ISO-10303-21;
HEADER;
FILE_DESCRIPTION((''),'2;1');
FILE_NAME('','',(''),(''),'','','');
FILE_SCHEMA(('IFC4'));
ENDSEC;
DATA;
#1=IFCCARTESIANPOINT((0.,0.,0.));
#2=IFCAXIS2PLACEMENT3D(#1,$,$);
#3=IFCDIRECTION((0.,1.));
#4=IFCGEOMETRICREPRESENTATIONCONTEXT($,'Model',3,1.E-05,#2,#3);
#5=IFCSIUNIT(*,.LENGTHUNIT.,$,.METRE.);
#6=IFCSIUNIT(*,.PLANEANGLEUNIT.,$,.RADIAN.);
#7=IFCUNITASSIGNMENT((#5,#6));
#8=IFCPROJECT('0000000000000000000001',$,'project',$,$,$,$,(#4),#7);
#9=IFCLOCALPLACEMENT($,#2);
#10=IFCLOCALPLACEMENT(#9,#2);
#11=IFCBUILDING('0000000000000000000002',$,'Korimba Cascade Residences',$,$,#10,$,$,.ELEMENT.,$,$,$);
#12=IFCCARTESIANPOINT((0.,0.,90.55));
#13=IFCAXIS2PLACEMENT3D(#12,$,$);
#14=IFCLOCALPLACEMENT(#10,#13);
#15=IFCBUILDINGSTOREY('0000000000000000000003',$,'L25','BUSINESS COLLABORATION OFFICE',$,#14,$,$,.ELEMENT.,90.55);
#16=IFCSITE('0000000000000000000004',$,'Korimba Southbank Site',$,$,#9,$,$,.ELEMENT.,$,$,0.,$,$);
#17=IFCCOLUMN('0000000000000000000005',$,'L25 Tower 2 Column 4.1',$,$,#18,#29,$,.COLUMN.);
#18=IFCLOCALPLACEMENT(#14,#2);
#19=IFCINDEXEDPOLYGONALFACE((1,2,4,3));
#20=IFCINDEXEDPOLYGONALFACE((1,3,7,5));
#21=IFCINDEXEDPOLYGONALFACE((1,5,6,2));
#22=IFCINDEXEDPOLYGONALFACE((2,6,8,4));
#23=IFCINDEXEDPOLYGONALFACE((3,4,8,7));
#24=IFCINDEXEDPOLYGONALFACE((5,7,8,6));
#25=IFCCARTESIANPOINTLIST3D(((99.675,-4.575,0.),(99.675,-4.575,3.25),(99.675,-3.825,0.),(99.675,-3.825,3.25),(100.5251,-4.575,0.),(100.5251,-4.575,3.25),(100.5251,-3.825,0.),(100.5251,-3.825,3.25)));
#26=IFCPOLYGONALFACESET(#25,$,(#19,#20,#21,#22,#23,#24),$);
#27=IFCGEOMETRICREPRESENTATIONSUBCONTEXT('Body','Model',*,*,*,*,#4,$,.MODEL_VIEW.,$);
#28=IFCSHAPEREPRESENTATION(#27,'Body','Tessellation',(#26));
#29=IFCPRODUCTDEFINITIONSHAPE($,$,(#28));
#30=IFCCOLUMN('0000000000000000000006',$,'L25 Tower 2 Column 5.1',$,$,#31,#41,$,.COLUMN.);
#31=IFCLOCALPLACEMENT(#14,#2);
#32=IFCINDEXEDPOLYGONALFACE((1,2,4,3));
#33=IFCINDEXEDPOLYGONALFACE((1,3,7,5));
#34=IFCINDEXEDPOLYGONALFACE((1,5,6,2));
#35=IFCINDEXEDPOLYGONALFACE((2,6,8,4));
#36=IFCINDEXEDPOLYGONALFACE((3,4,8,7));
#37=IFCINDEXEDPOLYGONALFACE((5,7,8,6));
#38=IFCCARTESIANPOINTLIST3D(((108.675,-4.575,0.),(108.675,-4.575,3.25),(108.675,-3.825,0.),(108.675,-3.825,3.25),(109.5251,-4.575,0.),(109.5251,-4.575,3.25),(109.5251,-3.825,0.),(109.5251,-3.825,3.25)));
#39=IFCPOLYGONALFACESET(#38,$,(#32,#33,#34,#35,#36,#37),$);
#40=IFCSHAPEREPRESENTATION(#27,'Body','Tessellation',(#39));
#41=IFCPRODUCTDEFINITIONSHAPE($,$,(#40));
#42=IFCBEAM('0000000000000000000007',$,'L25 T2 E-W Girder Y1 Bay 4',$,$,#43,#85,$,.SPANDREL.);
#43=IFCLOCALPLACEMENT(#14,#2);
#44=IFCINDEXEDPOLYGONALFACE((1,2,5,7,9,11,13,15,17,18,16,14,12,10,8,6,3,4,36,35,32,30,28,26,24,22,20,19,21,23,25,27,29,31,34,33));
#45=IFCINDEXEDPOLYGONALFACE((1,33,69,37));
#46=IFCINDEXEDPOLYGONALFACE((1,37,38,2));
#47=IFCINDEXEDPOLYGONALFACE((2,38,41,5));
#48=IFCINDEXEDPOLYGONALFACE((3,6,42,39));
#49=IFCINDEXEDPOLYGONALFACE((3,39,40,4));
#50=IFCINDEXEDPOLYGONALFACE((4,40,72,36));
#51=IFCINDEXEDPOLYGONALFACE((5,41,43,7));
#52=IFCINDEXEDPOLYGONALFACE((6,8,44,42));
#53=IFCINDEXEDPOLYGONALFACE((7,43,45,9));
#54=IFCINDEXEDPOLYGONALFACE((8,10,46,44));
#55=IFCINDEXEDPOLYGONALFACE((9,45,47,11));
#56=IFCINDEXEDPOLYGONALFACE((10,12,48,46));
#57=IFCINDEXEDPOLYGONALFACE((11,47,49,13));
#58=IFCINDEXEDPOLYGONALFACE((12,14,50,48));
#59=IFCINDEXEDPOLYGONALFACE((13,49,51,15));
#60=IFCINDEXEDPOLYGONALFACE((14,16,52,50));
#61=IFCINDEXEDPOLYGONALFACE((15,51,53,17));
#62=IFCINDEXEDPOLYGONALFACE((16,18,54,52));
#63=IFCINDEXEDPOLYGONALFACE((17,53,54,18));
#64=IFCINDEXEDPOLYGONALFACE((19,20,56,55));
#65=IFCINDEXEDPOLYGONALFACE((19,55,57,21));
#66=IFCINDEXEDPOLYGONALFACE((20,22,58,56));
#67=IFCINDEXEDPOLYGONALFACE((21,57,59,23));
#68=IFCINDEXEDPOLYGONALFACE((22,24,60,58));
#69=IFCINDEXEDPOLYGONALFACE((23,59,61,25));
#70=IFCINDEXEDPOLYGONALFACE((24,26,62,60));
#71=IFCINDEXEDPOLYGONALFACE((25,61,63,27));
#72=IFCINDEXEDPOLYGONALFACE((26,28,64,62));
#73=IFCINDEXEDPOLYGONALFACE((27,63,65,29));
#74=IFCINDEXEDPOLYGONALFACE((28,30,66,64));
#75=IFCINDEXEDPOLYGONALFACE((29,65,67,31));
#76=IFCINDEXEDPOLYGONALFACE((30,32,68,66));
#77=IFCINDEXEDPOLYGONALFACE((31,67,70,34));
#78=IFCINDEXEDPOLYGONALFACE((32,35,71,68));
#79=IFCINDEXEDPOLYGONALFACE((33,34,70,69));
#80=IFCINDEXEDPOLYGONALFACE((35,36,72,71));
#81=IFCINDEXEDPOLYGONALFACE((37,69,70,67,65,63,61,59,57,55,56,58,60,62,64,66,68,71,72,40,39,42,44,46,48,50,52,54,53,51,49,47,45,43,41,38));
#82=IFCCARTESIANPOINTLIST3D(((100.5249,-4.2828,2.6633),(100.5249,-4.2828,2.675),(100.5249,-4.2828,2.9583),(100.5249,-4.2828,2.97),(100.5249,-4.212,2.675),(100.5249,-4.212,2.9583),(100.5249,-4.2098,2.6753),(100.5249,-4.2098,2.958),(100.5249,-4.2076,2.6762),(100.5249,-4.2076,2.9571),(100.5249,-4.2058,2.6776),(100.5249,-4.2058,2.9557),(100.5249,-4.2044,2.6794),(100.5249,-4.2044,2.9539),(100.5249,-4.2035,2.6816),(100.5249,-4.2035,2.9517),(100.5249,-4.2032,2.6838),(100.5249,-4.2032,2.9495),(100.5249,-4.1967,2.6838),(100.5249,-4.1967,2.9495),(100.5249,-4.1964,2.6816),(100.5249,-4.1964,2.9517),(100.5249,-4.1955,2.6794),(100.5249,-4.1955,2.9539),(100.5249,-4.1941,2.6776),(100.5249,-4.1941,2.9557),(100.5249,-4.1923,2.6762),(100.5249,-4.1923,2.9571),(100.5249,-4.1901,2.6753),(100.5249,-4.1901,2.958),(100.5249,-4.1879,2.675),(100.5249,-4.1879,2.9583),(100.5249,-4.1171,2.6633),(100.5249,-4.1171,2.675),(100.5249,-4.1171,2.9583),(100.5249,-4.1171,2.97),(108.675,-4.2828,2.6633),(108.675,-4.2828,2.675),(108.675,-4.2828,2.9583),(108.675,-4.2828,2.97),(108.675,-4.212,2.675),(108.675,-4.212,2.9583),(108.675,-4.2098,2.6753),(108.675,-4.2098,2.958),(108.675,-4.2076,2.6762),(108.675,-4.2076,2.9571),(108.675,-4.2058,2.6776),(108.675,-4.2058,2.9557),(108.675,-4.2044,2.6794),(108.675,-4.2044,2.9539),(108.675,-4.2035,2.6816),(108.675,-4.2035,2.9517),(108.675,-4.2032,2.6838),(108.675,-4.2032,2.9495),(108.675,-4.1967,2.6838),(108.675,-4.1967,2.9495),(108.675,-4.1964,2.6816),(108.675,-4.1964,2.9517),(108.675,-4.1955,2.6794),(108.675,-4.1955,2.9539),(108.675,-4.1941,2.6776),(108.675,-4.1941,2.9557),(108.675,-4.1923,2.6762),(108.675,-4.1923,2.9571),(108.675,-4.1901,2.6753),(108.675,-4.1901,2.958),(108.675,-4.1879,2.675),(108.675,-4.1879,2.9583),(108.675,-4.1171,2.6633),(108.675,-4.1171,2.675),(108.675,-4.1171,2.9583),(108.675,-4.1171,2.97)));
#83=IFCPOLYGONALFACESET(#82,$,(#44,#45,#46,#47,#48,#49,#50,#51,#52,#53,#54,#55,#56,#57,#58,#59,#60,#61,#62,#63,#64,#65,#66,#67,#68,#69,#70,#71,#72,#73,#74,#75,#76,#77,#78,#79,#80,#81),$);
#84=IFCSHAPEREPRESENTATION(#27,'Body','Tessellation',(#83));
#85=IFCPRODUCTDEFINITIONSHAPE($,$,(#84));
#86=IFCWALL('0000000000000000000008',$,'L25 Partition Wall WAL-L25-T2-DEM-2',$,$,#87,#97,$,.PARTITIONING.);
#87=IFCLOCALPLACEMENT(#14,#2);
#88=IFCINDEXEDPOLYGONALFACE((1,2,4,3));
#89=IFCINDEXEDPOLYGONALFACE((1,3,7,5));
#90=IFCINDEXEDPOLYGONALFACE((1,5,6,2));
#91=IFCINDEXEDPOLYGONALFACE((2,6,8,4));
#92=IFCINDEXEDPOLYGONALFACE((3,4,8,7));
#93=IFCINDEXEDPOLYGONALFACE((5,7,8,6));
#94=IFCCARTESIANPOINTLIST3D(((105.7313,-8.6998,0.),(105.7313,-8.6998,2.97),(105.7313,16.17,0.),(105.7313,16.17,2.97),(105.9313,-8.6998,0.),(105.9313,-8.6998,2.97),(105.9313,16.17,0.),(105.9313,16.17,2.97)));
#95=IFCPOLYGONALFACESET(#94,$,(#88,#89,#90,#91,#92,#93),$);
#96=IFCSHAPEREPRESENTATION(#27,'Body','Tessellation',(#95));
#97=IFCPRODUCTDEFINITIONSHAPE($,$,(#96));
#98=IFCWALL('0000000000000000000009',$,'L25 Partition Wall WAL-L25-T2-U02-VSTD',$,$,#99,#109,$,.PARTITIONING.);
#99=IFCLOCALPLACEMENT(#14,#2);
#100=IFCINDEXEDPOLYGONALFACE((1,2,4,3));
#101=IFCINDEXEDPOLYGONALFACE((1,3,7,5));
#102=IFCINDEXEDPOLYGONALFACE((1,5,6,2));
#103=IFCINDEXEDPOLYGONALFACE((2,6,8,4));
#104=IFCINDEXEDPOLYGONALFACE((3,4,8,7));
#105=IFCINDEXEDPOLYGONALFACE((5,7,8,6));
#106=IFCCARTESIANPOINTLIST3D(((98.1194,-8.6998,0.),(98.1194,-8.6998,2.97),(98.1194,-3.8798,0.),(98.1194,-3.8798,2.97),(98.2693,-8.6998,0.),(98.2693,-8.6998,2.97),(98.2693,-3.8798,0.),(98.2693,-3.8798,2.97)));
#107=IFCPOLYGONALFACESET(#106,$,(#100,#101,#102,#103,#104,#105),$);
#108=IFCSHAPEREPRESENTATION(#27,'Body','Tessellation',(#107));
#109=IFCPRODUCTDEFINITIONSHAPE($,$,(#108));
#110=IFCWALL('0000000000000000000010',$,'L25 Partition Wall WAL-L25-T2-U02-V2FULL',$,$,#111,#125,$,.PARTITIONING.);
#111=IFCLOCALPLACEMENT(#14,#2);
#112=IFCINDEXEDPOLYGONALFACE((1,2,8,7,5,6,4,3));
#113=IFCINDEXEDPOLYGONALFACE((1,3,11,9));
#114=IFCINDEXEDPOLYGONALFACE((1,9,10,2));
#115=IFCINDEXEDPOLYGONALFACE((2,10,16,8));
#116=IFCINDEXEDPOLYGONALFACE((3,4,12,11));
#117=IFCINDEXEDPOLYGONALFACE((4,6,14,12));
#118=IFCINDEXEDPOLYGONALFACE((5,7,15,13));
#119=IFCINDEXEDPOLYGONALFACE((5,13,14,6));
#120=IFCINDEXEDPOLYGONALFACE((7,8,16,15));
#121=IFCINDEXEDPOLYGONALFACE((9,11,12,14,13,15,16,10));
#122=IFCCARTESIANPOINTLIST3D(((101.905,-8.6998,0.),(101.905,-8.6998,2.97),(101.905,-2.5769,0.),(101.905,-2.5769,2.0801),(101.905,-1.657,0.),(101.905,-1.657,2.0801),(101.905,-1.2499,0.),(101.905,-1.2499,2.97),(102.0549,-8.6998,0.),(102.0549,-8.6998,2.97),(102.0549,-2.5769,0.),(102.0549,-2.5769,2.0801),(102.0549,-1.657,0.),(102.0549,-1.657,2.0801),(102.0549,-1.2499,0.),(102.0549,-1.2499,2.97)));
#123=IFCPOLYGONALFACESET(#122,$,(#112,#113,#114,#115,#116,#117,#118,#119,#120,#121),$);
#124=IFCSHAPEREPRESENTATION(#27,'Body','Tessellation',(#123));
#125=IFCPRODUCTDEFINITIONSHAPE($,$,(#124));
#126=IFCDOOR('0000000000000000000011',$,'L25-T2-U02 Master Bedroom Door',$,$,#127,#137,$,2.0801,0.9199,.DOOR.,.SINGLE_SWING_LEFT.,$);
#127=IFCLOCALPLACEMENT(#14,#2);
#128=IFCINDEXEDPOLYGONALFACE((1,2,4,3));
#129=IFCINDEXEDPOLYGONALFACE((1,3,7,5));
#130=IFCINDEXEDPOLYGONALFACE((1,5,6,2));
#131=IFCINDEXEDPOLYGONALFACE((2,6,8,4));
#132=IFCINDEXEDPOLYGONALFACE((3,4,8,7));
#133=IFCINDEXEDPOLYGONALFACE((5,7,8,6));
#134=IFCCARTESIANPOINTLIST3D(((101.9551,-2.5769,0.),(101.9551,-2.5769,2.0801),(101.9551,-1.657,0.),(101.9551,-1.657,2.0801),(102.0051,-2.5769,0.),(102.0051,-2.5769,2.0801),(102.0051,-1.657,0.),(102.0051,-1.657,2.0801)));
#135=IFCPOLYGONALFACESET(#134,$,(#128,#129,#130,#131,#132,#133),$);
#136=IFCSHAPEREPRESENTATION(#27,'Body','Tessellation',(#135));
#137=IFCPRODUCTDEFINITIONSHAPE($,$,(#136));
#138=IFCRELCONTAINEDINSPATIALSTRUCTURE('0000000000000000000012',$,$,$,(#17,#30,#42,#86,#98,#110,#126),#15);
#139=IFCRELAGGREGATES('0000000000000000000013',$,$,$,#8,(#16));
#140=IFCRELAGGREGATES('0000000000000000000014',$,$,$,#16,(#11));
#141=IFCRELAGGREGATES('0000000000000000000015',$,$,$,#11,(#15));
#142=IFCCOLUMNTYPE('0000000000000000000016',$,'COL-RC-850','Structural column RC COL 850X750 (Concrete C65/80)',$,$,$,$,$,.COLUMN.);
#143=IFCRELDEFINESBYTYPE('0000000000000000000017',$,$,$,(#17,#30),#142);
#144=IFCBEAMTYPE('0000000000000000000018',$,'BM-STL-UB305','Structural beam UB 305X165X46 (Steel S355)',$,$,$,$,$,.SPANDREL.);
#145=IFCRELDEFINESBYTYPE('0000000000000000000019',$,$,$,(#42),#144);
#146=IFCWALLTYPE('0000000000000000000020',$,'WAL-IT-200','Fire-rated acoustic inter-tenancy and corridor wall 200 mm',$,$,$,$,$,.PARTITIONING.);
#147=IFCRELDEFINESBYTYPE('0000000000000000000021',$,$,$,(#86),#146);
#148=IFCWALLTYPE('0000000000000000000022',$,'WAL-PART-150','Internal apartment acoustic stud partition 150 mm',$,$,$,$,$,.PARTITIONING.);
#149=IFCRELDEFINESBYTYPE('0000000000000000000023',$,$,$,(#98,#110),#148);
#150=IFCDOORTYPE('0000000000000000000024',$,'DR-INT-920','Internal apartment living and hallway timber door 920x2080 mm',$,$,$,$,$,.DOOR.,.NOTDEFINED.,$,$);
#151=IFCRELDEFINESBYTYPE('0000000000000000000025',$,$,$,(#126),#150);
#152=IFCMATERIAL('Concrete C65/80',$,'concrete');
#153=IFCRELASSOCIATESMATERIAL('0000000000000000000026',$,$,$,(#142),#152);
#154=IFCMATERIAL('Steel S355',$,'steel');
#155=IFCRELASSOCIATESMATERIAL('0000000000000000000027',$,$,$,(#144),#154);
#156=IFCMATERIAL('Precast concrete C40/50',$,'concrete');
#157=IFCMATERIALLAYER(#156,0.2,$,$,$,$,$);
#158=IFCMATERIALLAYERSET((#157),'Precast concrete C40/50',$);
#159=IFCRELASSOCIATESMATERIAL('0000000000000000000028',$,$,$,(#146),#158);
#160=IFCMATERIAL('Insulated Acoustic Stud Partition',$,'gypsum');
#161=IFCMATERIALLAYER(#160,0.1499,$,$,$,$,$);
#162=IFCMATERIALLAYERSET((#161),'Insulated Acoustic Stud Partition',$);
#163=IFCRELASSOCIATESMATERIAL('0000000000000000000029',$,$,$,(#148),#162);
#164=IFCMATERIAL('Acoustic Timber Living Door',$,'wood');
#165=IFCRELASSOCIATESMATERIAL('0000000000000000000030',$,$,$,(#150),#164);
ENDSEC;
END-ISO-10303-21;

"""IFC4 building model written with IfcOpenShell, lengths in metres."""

from ifc_helpers import new_model, si_unit, direction, frame, frame_2d, origin, origin_2d, place, context, subcontext, project, spatial, rectangle, i_section, extrude, material, layer, layer_set, material_profile, profile_set, type_object, element, fill, save


model = new_model("IFC4")

# Units and contexts
model_context = context("Model", 3, precision=1e-05, world=origin(), true_north=direction((0.0, 1.0)))
body_context = subcontext(model_context, "Body", "Model", "MODEL_VIEW")
ifc_project = project(units=[si_unit("LENGTHUNIT", "METRE"), si_unit("PLANEANGLEUNIT", "RADIAN")], contexts=[model_context])

# Site, building, storey
site_placement = place(None, origin())
site = spatial("IfcSite", under=ifc_project, at=site_placement, Name="Korimba Southbank Site", CompositionType="ELEMENT", RefElevation=0.0)
building_placement = place(site_placement, origin())
building = spatial("IfcBuilding", under=site, at=building_placement, Name="Korimba Cascade Residences", CompositionType="ELEMENT")
storey_placement = place(building_placement, frame((0.0, 0.0, 90.55)))
storey = spatial("IfcBuildingStorey", under=building, at=storey_placement, Name="L25", Description="BUSINESS COLLABORATION OFFICE", CompositionType="ELEMENT", Elevation=90.55)

# Columns
ifc_material_1 = material(Name="Concrete C65/80", Category="concrete")
ifc_material_profile_1 = material_profile(ifc_material_1, rectangle(XDim=0.8501, YDim=0.75, at=origin_2d()), Name="Concrete C65/80")
ifc_profile_set_1 = profile_set([ifc_material_profile_1], Name="Concrete C65/80")
column_type = type_object("IfcColumnType", Name="COL-RC-850", Description="Structural column RC COL 850X750 (Concrete C65/80)", PredefinedType="COLUMN", material=ifc_profile_set_1)
for number, where, z_axis, x_axis, name in (
    (1, (100.1001, -4.2, 0.0), (0.0, 0.0, 1.0), (1.0, 0.0, 0.0), "L25 Tower 2 Column 4.1"),
    (2, (109.1001, -4.2, 0.0), (0.0, 0.0, 1.0), (1.0, 0.0, 0.0), "L25 Tower 2 Column 5.1"),
):
    element("IfcColumn", number, at=place(storey_placement, frame(where, z_axis=z_axis, x_axis=x_axis)), inside=storey, type_object=column_type, Name=name, PredefinedType="COLUMN", context=body_context, shape_type="SweptSolid", body=[
        extrude(rectangle(XDim=0.8501, YDim=0.75, at=origin_2d()), origin(), (0.0, 0.0, 1.0), 3.25),
    ])

# Beam
ifc_material_2 = material(Name="Steel S355", Category="steel")
ifc_material_profile_2 = material_profile(ifc_material_2, i_section(OverallWidth=0.1658, OverallDepth=0.3066, WebThickness=0.0066, FlangeThickness=0.0117, FilletRadius=0.0088, at=origin_2d()), Name="Steel S355")
ifc_profile_set_2 = profile_set([ifc_material_profile_2], Name="Steel S355")
beam_type = type_object("IfcBeamType", Name="BM-STL-UB305", Description="Structural beam UB 305X165X46 (Steel S355)", PredefinedType="SPANDREL", material=ifc_profile_set_2)
beam_placement = place(storey_placement, frame((100.5249, -4.2, 2.8167), z_axis=(1.0, 0.0, 0.0), x_axis=(0.0, 1.0, 0.0)))
element("IfcBeam", 3, at=beam_placement, inside=storey, type_object=beam_type, Name="L25 T2 E-W Girder Y1 Bay 4", PredefinedType="SPANDREL", context=body_context, shape_type="SweptSolid", body=[
    extrude(i_section(OverallWidth=0.1658, OverallDepth=0.3066, WebThickness=0.0066, FlangeThickness=0.0117, FilletRadius=0.0088, at=origin_2d()), origin(), (0.0, 0.0, 1.0), 8.1501),
])

# Walls
ifc_material_3 = material(Name="Precast concrete C40/50", Category="concrete")
ifc_layer_1 = layer(ifc_material_3, 0.2)
ifc_layer_set_1 = layer_set([ifc_layer_1], Name="Precast concrete C40/50")
wall_type_1 = type_object("IfcWallType", Name="WAL-IT-200", Description="Fire-rated acoustic inter-tenancy and corridor wall 200 mm", PredefinedType="PARTITIONING", material=ifc_layer_set_1)
wall_1_placement = place(storey_placement, frame((105.8313, -8.7, 0.0), z_axis=(0.0, 0.0, 1.0), x_axis=(0.0, 1.0, 0.0)))
element("IfcWall", 4, at=wall_1_placement, inside=storey, type_object=wall_type_1, Name="L25 Partition Wall WAL-L25-T2-DEM-2", PredefinedType="PARTITIONING", context=body_context, shape_type="SweptSolid", body=[
    extrude(rectangle(XDim=24.8699, YDim=0.2, at=frame_2d((12.4351, 0.0))), origin(), (0.0, 0.0, 1.0), 2.97),
])
ifc_material_4 = material(Name="Insulated Acoustic Stud Partition", Category="gypsum")
ifc_layer_2 = layer(ifc_material_4, 0.1499)
ifc_layer_set_2 = layer_set([ifc_layer_2], Name="Insulated Acoustic Stud Partition")
wall_type_2 = type_object("IfcWallType", Name="WAL-PART-150", Description="Internal apartment acoustic stud partition 150 mm", PredefinedType="PARTITIONING", material=ifc_layer_set_2)
wall_2_placement = place(storey_placement, frame((98.1943, -8.7, 0.0), z_axis=(0.0, 0.0, 1.0), x_axis=(0.0, 1.0, 0.0)))
element("IfcWall", 5, at=wall_2_placement, inside=storey, type_object=wall_type_2, Name="L25 Partition Wall WAL-L25-T2-U02-VSTD", PredefinedType="PARTITIONING", context=body_context, shape_type="SweptSolid", body=[
    extrude(rectangle(XDim=4.8201, YDim=0.1499, at=frame_2d((2.4102, 0.0))), origin(), (0.0, 0.0, 1.0), 2.97),
])

# Wall, opening, door
wall_3_placement = place(storey_placement, frame((101.98, -8.7, 0.0), z_axis=(0.0, 0.0, 1.0), x_axis=(0.0, 1.0, 0.0)))
wall_3 = element("IfcWall", 6, at=wall_3_placement, inside=storey, type_object=wall_type_2, Name="L25 Partition Wall WAL-L25-T2-U02-V2FULL", PredefinedType="PARTITIONING", context=body_context, shape_type="SweptSolid", body=[
    extrude(rectangle(XDim=7.45, YDim=0.1499, at=frame_2d((3.7251, 0.0))), origin(), (0.0, 0.0, 1.0), 2.97),
])
opening_1_placement = place(wall_3_placement, frame((6.123, 0.0, 0.0)))
opening_1 = element("IfcOpeningElement", 7, at=opening_1_placement, cuts=wall_3, PredefinedType="OPENING", context=body_context, shape_type="SweptSolid", body=[
    extrude(rectangle(XDim=0.9199, YDim=2.0801, at=frame_2d((0.46, 1.04))), frame((0.0, 0.085, 0.0), z_axis=(0.0, -1.0, 0.0), x_axis=(1.0, 0.0, 0.0)), (0.0, 0.0, 1.0), 0.1699),
])
ifc_material_5 = material(Name="Acoustic Timber Living Door", Category="wood")
door_type_1 = type_object("IfcDoorType", Name="DR-INT-920", Description="Internal apartment living and hallway timber door 920x2080 mm", OperationType="NOTDEFINED", PredefinedType="DOOR", material=ifc_material_5)
door_1_placement = place(opening_1_placement, origin())
door_1 = element("IfcDoor", 8, at=door_1_placement, inside=storey, type_object=door_type_1, Name="L25-T2-U02 Master Bedroom Door", OperationType="SINGLE_SWING_LEFT", OverallHeight=2.0801, OverallWidth=0.9199, PredefinedType="DOOR", context=body_context, shape_type="SweptSolid", body=[
    extrude(rectangle(XDim=0.9199, YDim=2.0801, at=frame_2d((0.46, 1.04))), frame((0.0, 0.0249, 0.0), z_axis=(0.0, -1.0, 0.0), x_axis=(1.0, 0.0, 0.0)), (0.0, 0.0, 1.0), 0.05),
])
fill(opening_1, door_1)

save(model, "model.ifc")
